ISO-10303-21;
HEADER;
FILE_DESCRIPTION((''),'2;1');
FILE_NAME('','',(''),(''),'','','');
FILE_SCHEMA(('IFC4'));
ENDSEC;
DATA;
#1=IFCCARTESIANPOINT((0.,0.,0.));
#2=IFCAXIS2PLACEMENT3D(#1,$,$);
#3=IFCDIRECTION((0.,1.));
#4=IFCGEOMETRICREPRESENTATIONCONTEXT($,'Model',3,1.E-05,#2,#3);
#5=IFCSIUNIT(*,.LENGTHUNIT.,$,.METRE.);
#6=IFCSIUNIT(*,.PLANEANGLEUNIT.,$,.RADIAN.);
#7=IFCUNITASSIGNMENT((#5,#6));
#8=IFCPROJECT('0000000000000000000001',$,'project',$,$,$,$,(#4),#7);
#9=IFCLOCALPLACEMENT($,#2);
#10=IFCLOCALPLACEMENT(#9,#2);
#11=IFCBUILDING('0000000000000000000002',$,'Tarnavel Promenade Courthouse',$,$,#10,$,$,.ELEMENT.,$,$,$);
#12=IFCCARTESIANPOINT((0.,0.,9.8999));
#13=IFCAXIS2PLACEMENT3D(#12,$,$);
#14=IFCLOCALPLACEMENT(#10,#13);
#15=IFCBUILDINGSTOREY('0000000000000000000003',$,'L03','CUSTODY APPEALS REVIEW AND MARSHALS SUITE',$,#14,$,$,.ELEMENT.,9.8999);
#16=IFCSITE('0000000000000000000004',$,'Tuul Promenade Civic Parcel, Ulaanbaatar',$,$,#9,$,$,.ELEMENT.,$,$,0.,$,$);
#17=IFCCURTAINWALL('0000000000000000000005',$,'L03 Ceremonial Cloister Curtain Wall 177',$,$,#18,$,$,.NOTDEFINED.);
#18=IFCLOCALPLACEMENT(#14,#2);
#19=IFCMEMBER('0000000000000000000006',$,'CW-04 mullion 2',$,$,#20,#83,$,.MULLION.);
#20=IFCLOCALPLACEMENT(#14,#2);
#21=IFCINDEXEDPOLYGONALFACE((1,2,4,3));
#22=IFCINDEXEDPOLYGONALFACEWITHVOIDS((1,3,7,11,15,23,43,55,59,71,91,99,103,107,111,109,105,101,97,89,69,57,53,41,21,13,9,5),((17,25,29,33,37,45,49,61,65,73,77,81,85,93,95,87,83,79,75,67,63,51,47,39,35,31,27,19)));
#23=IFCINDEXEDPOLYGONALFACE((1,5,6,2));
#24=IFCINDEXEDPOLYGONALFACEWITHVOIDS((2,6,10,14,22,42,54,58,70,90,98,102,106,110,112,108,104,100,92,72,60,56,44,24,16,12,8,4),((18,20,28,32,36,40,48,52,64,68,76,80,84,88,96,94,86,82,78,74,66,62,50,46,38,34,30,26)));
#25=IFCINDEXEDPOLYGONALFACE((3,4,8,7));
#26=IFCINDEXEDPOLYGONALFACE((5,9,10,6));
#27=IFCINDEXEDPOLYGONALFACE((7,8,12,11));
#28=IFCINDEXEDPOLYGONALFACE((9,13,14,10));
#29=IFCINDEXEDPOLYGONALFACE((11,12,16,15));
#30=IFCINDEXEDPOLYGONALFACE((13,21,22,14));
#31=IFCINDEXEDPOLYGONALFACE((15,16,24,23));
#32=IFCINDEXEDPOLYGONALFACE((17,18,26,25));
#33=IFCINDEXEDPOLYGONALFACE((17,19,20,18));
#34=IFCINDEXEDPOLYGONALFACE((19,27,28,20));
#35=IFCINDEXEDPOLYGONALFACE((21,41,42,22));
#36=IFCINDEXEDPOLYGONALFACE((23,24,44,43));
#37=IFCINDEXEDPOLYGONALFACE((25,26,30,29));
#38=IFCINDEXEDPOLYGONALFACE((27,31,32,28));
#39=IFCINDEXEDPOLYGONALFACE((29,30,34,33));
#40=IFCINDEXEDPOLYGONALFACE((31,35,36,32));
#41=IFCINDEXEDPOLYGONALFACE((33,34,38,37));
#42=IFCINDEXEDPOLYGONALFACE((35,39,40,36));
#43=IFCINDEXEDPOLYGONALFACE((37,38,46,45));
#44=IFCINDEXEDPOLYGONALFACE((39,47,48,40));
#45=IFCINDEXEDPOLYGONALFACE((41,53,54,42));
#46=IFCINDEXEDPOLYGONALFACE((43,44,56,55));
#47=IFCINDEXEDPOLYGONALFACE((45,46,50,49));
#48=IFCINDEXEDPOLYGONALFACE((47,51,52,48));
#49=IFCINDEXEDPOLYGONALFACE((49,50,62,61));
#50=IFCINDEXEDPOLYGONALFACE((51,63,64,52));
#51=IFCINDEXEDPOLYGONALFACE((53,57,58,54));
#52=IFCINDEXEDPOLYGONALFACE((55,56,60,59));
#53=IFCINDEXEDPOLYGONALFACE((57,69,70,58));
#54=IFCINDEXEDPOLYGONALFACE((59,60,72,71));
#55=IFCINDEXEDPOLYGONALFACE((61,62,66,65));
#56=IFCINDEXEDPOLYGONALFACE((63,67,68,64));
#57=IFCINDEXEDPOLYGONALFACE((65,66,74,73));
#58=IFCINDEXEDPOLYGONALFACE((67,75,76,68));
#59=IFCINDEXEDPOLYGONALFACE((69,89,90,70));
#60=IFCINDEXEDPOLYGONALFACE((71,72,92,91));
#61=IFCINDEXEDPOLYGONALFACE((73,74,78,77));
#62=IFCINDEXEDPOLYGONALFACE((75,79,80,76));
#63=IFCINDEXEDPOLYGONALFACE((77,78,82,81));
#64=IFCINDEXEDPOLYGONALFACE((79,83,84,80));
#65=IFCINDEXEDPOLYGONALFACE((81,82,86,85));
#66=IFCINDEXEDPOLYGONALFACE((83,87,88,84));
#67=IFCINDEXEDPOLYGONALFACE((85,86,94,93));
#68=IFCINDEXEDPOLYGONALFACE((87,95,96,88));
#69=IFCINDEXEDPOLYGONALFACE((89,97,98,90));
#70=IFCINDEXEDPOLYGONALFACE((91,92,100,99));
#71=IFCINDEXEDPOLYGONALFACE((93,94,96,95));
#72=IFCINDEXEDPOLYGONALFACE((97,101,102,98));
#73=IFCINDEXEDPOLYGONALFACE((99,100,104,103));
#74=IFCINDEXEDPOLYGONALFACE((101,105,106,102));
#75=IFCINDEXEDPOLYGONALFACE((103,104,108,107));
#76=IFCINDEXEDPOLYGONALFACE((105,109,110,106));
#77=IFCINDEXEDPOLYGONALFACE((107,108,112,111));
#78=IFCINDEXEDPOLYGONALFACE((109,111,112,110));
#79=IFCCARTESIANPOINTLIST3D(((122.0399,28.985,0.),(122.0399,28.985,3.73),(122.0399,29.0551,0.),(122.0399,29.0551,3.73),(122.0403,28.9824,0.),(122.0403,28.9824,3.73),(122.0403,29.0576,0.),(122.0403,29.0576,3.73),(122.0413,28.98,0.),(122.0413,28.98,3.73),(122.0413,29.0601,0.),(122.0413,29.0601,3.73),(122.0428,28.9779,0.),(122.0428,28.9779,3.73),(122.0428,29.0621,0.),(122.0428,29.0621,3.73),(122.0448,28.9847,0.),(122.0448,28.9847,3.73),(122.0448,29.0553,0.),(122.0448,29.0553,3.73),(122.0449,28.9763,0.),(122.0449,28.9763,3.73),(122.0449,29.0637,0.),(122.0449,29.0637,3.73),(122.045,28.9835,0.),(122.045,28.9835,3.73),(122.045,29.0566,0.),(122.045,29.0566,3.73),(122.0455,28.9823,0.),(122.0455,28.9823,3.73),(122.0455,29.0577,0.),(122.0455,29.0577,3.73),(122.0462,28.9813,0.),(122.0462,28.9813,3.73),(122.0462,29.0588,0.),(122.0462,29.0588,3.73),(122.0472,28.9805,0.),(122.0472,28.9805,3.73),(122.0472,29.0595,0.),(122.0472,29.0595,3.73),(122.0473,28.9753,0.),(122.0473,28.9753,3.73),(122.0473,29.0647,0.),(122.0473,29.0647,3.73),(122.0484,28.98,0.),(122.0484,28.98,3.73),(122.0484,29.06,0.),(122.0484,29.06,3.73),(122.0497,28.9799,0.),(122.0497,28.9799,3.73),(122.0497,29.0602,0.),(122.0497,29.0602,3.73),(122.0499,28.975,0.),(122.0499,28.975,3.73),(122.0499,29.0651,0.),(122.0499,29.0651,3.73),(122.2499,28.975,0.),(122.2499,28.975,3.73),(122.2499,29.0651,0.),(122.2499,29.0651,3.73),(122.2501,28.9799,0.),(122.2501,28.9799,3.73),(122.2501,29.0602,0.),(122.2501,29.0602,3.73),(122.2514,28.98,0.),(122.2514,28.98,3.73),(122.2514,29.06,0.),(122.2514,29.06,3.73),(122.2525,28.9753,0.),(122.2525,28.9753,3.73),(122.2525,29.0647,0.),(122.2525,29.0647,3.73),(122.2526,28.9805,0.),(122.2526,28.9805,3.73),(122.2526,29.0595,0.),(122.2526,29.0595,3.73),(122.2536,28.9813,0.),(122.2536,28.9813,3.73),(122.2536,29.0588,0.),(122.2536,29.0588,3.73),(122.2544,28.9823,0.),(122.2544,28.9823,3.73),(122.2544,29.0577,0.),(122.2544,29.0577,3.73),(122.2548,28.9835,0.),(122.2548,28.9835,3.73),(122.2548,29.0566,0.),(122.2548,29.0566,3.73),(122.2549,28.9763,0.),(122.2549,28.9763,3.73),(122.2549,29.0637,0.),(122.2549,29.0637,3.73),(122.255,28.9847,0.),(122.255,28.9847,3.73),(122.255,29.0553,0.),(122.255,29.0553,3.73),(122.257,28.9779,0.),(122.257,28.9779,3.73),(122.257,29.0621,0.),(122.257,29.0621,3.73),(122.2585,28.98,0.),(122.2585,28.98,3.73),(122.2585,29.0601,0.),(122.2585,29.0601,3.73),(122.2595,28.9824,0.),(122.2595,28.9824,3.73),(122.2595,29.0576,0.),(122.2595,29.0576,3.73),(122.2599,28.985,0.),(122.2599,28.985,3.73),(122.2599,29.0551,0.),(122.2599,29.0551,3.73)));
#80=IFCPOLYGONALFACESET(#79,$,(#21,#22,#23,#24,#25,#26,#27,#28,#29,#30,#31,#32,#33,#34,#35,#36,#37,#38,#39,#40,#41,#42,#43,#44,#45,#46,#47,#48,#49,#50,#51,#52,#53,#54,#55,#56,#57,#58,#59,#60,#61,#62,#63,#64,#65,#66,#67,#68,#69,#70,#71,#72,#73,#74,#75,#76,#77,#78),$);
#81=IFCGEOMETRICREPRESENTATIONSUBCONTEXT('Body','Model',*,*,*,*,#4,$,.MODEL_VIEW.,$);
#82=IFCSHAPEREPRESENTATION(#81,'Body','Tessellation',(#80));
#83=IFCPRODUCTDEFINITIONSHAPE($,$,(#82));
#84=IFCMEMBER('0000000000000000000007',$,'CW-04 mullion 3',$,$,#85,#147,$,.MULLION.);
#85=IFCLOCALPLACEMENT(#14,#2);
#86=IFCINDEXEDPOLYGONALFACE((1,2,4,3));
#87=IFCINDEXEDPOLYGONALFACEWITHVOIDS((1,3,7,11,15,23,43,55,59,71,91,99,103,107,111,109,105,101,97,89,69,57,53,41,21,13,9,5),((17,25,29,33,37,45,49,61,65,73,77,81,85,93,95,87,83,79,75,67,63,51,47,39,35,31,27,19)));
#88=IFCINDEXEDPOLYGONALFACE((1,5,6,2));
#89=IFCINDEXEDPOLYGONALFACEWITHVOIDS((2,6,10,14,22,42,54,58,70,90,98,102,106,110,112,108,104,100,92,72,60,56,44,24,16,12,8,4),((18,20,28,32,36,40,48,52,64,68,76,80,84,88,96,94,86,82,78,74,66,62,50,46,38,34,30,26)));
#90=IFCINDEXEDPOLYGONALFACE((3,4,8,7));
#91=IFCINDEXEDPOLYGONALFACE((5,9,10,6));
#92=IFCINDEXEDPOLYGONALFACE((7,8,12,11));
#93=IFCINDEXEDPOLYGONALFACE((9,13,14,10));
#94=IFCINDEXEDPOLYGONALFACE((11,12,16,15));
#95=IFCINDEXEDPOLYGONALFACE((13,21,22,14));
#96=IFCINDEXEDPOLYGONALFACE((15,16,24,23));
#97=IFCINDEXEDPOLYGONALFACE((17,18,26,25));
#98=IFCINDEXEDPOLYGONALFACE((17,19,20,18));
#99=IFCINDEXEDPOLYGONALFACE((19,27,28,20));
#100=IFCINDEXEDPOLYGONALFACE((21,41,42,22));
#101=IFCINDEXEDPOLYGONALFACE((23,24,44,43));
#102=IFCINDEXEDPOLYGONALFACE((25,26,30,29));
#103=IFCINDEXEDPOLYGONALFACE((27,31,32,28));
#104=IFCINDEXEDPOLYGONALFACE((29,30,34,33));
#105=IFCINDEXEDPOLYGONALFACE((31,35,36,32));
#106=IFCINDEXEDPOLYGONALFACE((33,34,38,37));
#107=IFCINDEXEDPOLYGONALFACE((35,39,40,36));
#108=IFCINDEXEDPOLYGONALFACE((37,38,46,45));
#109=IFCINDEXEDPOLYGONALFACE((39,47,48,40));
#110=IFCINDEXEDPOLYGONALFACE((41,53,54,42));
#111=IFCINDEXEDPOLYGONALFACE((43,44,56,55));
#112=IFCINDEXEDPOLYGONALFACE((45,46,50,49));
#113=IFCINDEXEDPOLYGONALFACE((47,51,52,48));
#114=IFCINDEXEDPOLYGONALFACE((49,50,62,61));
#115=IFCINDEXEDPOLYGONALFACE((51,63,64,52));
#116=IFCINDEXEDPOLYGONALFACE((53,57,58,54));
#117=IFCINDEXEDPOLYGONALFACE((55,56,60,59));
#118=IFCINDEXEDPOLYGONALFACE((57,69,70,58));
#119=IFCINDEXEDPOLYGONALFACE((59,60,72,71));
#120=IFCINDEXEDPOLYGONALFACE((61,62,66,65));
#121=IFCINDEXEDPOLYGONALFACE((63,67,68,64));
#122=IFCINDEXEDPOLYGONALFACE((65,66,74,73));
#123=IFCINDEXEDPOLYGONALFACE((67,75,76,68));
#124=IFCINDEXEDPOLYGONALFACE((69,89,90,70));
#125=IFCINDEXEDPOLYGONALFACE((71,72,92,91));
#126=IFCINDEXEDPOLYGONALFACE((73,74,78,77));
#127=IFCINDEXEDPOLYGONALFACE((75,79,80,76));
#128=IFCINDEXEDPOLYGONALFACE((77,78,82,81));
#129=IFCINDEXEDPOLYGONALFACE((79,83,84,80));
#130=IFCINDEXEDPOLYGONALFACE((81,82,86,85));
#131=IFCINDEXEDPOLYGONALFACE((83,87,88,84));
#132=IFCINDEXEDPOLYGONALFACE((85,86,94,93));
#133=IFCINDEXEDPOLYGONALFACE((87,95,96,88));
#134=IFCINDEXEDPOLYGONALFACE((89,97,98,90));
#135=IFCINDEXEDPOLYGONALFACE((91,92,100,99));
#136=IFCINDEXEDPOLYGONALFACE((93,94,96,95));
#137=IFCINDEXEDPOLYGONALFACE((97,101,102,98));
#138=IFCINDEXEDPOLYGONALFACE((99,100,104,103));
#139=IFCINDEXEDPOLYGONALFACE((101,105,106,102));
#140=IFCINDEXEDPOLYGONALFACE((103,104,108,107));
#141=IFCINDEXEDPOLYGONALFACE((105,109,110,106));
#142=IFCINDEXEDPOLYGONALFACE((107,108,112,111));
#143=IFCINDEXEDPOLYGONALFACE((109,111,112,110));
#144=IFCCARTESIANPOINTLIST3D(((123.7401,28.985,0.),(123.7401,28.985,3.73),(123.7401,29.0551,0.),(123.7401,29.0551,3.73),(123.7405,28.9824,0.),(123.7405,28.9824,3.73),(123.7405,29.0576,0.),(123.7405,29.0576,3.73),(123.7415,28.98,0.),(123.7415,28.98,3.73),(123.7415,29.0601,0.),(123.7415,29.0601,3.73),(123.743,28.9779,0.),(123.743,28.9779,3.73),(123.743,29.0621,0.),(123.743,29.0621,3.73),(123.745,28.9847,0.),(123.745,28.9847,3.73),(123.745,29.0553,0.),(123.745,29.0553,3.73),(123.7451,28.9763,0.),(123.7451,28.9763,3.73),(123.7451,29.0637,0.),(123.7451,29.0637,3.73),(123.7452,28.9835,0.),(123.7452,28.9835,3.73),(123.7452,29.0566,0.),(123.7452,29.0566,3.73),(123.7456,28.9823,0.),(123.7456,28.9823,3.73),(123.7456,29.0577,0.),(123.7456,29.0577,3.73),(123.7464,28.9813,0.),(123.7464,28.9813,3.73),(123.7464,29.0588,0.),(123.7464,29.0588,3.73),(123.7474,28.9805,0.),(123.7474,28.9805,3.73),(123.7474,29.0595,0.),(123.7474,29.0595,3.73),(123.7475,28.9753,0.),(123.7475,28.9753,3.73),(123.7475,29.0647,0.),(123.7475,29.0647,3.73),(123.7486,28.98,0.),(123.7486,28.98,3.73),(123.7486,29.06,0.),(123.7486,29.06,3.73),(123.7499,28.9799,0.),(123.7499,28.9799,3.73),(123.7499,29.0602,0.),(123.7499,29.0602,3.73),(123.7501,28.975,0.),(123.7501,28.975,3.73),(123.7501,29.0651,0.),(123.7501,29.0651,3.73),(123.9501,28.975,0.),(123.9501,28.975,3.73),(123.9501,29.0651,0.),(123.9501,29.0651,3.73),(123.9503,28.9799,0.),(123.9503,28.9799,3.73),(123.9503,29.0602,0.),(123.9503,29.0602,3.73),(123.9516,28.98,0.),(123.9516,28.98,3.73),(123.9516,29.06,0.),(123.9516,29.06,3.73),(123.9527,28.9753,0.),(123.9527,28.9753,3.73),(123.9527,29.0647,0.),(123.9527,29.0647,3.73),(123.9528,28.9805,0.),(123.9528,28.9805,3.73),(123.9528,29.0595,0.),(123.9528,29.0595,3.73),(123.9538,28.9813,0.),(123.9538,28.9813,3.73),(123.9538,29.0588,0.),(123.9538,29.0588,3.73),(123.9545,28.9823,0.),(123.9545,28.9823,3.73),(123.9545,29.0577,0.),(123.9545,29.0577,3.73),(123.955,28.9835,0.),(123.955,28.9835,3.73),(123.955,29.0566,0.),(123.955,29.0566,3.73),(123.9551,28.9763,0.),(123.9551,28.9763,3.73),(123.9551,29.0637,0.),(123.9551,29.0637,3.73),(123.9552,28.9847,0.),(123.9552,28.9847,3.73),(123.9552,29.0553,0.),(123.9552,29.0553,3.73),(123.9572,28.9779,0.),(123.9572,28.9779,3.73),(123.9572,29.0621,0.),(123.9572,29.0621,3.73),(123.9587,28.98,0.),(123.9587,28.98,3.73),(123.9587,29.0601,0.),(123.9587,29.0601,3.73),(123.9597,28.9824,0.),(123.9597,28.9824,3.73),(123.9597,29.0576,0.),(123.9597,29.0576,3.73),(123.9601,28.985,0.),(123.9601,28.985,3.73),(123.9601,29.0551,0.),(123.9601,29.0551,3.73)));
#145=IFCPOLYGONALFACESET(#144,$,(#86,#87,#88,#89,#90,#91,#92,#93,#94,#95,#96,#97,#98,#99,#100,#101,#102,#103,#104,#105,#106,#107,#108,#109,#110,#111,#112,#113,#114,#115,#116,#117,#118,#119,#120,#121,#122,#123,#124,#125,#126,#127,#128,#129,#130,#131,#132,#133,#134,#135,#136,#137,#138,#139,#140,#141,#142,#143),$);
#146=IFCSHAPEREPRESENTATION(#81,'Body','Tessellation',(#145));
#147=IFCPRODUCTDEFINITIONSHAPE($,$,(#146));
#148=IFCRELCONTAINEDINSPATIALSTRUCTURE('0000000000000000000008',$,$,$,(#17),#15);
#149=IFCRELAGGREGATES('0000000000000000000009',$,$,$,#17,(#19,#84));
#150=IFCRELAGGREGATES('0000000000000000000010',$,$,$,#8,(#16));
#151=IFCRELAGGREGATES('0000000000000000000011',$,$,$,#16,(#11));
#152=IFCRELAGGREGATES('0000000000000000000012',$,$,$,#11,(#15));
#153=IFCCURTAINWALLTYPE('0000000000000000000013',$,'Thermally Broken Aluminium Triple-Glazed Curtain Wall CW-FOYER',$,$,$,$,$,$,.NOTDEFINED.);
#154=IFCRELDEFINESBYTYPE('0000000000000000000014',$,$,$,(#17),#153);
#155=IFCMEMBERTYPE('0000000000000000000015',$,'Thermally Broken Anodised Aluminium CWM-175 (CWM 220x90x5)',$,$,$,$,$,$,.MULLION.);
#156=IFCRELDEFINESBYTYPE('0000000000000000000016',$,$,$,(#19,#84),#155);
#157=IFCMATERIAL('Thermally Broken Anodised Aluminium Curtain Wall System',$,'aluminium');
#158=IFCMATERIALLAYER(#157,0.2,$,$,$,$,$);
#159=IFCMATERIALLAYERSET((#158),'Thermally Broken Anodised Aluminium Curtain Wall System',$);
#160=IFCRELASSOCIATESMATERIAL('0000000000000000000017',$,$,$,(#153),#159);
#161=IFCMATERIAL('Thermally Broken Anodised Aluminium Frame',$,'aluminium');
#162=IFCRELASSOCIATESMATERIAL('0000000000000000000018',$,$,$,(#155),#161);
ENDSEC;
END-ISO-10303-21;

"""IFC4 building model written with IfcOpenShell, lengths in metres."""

from ifc_helpers import new_model, si_unit, direction, frame, origin, origin_2d, place, context, subcontext, project, spatial, hollow_rectangle, extrude, material, layer, layer_set, material_profile, profile_set, type_object, element, aggregate, save


model = new_model("IFC4")

# Units and contexts
model_context = context("Model", 3, precision=1e-05, world=origin(), true_north=direction((0.0, 1.0)))
body_context = subcontext(model_context, "Body", "Model", "MODEL_VIEW")
ifc_project = project(units=[si_unit("LENGTHUNIT", "METRE"), si_unit("PLANEANGLEUNIT", "RADIAN")], contexts=[model_context])

# Site, building, storey
site_placement = place(None, origin())
site = spatial("IfcSite", under=ifc_project, at=site_placement, Name="Tuul Promenade Civic Parcel, Ulaanbaatar", CompositionType="ELEMENT", RefElevation=0.0)
building_placement = place(site_placement, origin())
building = spatial("IfcBuilding", under=site, at=building_placement, Name="Tarnavel Promenade Courthouse", CompositionType="ELEMENT")
storey_placement = place(building_placement, frame((0.0, 0.0, 9.8999)))
storey = spatial("IfcBuildingStorey", under=building, at=storey_placement, Name="L03", Description="CUSTODY APPEALS REVIEW AND MARSHALS SUITE", CompositionType="ELEMENT", Elevation=9.8999)

# Curtain wall, members
ifc_material_1 = material(Name="Thermally Broken Anodised Aluminium Curtain Wall System", Category="aluminium")
ifc_layer_1 = layer(ifc_material_1, 0.2)
ifc_layer_set_1 = layer_set([ifc_layer_1], Name="Thermally Broken Anodised Aluminium Curtain Wall System")
curtain_wall_type = type_object("IfcCurtainWallType", Name="Thermally Broken Aluminium Triple-Glazed Curtain Wall CW-FOYER", PredefinedType="NOTDEFINED", material=ifc_layer_set_1)
curtain_wall_placement = place(storey_placement, origin())
curtain_wall = element("IfcCurtainWall", 1, at=curtain_wall_placement, inside=storey, type_object=curtain_wall_type, Name="L03 Ceremonial Cloister Curtain Wall 177", PredefinedType="NOTDEFINED")
ifc_material_2 = material(Name="Thermally Broken Anodised Aluminium Frame", Category="aluminium")
ifc_material_profile_1 = material_profile(ifc_material_2, hollow_rectangle(XDim=0.0901, YDim=0.22, WallThickness=0.0049, InnerFilletRadius=0.0049, OuterFilletRadius=0.01, at=origin_2d()), Name="CWM 220x90x5")
ifc_profile_set_1 = profile_set([ifc_material_profile_1], Name="Thermally Broken Anodised Aluminium Frame")
member_type_1 = type_object("IfcMemberType", Name="Thermally Broken Anodised Aluminium CWM-175 (CWM 220x90x5)", PredefinedType="MULLION", material=ifc_profile_set_1)
member_1_placement = place(storey_placement, frame((122.1499, 29.02, 0.0), z_axis=(0.0, 0.0, 1.0), x_axis=(0.0, 1.0, 0.0)))
member_1 = element("IfcMember", 2, at=member_1_placement, type_object=member_type_1, Name="CW-04 mullion 2", PredefinedType="MULLION", context=body_context, shape_type="SweptSolid", body=[
    extrude(hollow_rectangle(XDim=0.0901, YDim=0.22, WallThickness=0.0049, InnerFilletRadius=0.0049, OuterFilletRadius=0.01, at=origin_2d()), origin(), (0.0, 0.0, 1.0), 3.73),
])
member_2_placement = place(storey_placement, frame((123.8501, 29.02, 0.0), z_axis=(0.0, 0.0, 1.0), x_axis=(0.0, 1.0, 0.0)))
member_2 = element("IfcMember", 3, at=member_2_placement, type_object=member_type_1, Name="CW-04 mullion 3", PredefinedType="MULLION", context=body_context, shape_type="SweptSolid", body=[
    extrude(hollow_rectangle(XDim=0.0901, YDim=0.22, WallThickness=0.0049, InnerFilletRadius=0.0049, OuterFilletRadius=0.01, at=origin_2d()), origin(), (0.0, 0.0, 1.0), 3.73),
])
aggregate(curtain_wall, [member_1, member_2])

save(model, "model.ifc")
